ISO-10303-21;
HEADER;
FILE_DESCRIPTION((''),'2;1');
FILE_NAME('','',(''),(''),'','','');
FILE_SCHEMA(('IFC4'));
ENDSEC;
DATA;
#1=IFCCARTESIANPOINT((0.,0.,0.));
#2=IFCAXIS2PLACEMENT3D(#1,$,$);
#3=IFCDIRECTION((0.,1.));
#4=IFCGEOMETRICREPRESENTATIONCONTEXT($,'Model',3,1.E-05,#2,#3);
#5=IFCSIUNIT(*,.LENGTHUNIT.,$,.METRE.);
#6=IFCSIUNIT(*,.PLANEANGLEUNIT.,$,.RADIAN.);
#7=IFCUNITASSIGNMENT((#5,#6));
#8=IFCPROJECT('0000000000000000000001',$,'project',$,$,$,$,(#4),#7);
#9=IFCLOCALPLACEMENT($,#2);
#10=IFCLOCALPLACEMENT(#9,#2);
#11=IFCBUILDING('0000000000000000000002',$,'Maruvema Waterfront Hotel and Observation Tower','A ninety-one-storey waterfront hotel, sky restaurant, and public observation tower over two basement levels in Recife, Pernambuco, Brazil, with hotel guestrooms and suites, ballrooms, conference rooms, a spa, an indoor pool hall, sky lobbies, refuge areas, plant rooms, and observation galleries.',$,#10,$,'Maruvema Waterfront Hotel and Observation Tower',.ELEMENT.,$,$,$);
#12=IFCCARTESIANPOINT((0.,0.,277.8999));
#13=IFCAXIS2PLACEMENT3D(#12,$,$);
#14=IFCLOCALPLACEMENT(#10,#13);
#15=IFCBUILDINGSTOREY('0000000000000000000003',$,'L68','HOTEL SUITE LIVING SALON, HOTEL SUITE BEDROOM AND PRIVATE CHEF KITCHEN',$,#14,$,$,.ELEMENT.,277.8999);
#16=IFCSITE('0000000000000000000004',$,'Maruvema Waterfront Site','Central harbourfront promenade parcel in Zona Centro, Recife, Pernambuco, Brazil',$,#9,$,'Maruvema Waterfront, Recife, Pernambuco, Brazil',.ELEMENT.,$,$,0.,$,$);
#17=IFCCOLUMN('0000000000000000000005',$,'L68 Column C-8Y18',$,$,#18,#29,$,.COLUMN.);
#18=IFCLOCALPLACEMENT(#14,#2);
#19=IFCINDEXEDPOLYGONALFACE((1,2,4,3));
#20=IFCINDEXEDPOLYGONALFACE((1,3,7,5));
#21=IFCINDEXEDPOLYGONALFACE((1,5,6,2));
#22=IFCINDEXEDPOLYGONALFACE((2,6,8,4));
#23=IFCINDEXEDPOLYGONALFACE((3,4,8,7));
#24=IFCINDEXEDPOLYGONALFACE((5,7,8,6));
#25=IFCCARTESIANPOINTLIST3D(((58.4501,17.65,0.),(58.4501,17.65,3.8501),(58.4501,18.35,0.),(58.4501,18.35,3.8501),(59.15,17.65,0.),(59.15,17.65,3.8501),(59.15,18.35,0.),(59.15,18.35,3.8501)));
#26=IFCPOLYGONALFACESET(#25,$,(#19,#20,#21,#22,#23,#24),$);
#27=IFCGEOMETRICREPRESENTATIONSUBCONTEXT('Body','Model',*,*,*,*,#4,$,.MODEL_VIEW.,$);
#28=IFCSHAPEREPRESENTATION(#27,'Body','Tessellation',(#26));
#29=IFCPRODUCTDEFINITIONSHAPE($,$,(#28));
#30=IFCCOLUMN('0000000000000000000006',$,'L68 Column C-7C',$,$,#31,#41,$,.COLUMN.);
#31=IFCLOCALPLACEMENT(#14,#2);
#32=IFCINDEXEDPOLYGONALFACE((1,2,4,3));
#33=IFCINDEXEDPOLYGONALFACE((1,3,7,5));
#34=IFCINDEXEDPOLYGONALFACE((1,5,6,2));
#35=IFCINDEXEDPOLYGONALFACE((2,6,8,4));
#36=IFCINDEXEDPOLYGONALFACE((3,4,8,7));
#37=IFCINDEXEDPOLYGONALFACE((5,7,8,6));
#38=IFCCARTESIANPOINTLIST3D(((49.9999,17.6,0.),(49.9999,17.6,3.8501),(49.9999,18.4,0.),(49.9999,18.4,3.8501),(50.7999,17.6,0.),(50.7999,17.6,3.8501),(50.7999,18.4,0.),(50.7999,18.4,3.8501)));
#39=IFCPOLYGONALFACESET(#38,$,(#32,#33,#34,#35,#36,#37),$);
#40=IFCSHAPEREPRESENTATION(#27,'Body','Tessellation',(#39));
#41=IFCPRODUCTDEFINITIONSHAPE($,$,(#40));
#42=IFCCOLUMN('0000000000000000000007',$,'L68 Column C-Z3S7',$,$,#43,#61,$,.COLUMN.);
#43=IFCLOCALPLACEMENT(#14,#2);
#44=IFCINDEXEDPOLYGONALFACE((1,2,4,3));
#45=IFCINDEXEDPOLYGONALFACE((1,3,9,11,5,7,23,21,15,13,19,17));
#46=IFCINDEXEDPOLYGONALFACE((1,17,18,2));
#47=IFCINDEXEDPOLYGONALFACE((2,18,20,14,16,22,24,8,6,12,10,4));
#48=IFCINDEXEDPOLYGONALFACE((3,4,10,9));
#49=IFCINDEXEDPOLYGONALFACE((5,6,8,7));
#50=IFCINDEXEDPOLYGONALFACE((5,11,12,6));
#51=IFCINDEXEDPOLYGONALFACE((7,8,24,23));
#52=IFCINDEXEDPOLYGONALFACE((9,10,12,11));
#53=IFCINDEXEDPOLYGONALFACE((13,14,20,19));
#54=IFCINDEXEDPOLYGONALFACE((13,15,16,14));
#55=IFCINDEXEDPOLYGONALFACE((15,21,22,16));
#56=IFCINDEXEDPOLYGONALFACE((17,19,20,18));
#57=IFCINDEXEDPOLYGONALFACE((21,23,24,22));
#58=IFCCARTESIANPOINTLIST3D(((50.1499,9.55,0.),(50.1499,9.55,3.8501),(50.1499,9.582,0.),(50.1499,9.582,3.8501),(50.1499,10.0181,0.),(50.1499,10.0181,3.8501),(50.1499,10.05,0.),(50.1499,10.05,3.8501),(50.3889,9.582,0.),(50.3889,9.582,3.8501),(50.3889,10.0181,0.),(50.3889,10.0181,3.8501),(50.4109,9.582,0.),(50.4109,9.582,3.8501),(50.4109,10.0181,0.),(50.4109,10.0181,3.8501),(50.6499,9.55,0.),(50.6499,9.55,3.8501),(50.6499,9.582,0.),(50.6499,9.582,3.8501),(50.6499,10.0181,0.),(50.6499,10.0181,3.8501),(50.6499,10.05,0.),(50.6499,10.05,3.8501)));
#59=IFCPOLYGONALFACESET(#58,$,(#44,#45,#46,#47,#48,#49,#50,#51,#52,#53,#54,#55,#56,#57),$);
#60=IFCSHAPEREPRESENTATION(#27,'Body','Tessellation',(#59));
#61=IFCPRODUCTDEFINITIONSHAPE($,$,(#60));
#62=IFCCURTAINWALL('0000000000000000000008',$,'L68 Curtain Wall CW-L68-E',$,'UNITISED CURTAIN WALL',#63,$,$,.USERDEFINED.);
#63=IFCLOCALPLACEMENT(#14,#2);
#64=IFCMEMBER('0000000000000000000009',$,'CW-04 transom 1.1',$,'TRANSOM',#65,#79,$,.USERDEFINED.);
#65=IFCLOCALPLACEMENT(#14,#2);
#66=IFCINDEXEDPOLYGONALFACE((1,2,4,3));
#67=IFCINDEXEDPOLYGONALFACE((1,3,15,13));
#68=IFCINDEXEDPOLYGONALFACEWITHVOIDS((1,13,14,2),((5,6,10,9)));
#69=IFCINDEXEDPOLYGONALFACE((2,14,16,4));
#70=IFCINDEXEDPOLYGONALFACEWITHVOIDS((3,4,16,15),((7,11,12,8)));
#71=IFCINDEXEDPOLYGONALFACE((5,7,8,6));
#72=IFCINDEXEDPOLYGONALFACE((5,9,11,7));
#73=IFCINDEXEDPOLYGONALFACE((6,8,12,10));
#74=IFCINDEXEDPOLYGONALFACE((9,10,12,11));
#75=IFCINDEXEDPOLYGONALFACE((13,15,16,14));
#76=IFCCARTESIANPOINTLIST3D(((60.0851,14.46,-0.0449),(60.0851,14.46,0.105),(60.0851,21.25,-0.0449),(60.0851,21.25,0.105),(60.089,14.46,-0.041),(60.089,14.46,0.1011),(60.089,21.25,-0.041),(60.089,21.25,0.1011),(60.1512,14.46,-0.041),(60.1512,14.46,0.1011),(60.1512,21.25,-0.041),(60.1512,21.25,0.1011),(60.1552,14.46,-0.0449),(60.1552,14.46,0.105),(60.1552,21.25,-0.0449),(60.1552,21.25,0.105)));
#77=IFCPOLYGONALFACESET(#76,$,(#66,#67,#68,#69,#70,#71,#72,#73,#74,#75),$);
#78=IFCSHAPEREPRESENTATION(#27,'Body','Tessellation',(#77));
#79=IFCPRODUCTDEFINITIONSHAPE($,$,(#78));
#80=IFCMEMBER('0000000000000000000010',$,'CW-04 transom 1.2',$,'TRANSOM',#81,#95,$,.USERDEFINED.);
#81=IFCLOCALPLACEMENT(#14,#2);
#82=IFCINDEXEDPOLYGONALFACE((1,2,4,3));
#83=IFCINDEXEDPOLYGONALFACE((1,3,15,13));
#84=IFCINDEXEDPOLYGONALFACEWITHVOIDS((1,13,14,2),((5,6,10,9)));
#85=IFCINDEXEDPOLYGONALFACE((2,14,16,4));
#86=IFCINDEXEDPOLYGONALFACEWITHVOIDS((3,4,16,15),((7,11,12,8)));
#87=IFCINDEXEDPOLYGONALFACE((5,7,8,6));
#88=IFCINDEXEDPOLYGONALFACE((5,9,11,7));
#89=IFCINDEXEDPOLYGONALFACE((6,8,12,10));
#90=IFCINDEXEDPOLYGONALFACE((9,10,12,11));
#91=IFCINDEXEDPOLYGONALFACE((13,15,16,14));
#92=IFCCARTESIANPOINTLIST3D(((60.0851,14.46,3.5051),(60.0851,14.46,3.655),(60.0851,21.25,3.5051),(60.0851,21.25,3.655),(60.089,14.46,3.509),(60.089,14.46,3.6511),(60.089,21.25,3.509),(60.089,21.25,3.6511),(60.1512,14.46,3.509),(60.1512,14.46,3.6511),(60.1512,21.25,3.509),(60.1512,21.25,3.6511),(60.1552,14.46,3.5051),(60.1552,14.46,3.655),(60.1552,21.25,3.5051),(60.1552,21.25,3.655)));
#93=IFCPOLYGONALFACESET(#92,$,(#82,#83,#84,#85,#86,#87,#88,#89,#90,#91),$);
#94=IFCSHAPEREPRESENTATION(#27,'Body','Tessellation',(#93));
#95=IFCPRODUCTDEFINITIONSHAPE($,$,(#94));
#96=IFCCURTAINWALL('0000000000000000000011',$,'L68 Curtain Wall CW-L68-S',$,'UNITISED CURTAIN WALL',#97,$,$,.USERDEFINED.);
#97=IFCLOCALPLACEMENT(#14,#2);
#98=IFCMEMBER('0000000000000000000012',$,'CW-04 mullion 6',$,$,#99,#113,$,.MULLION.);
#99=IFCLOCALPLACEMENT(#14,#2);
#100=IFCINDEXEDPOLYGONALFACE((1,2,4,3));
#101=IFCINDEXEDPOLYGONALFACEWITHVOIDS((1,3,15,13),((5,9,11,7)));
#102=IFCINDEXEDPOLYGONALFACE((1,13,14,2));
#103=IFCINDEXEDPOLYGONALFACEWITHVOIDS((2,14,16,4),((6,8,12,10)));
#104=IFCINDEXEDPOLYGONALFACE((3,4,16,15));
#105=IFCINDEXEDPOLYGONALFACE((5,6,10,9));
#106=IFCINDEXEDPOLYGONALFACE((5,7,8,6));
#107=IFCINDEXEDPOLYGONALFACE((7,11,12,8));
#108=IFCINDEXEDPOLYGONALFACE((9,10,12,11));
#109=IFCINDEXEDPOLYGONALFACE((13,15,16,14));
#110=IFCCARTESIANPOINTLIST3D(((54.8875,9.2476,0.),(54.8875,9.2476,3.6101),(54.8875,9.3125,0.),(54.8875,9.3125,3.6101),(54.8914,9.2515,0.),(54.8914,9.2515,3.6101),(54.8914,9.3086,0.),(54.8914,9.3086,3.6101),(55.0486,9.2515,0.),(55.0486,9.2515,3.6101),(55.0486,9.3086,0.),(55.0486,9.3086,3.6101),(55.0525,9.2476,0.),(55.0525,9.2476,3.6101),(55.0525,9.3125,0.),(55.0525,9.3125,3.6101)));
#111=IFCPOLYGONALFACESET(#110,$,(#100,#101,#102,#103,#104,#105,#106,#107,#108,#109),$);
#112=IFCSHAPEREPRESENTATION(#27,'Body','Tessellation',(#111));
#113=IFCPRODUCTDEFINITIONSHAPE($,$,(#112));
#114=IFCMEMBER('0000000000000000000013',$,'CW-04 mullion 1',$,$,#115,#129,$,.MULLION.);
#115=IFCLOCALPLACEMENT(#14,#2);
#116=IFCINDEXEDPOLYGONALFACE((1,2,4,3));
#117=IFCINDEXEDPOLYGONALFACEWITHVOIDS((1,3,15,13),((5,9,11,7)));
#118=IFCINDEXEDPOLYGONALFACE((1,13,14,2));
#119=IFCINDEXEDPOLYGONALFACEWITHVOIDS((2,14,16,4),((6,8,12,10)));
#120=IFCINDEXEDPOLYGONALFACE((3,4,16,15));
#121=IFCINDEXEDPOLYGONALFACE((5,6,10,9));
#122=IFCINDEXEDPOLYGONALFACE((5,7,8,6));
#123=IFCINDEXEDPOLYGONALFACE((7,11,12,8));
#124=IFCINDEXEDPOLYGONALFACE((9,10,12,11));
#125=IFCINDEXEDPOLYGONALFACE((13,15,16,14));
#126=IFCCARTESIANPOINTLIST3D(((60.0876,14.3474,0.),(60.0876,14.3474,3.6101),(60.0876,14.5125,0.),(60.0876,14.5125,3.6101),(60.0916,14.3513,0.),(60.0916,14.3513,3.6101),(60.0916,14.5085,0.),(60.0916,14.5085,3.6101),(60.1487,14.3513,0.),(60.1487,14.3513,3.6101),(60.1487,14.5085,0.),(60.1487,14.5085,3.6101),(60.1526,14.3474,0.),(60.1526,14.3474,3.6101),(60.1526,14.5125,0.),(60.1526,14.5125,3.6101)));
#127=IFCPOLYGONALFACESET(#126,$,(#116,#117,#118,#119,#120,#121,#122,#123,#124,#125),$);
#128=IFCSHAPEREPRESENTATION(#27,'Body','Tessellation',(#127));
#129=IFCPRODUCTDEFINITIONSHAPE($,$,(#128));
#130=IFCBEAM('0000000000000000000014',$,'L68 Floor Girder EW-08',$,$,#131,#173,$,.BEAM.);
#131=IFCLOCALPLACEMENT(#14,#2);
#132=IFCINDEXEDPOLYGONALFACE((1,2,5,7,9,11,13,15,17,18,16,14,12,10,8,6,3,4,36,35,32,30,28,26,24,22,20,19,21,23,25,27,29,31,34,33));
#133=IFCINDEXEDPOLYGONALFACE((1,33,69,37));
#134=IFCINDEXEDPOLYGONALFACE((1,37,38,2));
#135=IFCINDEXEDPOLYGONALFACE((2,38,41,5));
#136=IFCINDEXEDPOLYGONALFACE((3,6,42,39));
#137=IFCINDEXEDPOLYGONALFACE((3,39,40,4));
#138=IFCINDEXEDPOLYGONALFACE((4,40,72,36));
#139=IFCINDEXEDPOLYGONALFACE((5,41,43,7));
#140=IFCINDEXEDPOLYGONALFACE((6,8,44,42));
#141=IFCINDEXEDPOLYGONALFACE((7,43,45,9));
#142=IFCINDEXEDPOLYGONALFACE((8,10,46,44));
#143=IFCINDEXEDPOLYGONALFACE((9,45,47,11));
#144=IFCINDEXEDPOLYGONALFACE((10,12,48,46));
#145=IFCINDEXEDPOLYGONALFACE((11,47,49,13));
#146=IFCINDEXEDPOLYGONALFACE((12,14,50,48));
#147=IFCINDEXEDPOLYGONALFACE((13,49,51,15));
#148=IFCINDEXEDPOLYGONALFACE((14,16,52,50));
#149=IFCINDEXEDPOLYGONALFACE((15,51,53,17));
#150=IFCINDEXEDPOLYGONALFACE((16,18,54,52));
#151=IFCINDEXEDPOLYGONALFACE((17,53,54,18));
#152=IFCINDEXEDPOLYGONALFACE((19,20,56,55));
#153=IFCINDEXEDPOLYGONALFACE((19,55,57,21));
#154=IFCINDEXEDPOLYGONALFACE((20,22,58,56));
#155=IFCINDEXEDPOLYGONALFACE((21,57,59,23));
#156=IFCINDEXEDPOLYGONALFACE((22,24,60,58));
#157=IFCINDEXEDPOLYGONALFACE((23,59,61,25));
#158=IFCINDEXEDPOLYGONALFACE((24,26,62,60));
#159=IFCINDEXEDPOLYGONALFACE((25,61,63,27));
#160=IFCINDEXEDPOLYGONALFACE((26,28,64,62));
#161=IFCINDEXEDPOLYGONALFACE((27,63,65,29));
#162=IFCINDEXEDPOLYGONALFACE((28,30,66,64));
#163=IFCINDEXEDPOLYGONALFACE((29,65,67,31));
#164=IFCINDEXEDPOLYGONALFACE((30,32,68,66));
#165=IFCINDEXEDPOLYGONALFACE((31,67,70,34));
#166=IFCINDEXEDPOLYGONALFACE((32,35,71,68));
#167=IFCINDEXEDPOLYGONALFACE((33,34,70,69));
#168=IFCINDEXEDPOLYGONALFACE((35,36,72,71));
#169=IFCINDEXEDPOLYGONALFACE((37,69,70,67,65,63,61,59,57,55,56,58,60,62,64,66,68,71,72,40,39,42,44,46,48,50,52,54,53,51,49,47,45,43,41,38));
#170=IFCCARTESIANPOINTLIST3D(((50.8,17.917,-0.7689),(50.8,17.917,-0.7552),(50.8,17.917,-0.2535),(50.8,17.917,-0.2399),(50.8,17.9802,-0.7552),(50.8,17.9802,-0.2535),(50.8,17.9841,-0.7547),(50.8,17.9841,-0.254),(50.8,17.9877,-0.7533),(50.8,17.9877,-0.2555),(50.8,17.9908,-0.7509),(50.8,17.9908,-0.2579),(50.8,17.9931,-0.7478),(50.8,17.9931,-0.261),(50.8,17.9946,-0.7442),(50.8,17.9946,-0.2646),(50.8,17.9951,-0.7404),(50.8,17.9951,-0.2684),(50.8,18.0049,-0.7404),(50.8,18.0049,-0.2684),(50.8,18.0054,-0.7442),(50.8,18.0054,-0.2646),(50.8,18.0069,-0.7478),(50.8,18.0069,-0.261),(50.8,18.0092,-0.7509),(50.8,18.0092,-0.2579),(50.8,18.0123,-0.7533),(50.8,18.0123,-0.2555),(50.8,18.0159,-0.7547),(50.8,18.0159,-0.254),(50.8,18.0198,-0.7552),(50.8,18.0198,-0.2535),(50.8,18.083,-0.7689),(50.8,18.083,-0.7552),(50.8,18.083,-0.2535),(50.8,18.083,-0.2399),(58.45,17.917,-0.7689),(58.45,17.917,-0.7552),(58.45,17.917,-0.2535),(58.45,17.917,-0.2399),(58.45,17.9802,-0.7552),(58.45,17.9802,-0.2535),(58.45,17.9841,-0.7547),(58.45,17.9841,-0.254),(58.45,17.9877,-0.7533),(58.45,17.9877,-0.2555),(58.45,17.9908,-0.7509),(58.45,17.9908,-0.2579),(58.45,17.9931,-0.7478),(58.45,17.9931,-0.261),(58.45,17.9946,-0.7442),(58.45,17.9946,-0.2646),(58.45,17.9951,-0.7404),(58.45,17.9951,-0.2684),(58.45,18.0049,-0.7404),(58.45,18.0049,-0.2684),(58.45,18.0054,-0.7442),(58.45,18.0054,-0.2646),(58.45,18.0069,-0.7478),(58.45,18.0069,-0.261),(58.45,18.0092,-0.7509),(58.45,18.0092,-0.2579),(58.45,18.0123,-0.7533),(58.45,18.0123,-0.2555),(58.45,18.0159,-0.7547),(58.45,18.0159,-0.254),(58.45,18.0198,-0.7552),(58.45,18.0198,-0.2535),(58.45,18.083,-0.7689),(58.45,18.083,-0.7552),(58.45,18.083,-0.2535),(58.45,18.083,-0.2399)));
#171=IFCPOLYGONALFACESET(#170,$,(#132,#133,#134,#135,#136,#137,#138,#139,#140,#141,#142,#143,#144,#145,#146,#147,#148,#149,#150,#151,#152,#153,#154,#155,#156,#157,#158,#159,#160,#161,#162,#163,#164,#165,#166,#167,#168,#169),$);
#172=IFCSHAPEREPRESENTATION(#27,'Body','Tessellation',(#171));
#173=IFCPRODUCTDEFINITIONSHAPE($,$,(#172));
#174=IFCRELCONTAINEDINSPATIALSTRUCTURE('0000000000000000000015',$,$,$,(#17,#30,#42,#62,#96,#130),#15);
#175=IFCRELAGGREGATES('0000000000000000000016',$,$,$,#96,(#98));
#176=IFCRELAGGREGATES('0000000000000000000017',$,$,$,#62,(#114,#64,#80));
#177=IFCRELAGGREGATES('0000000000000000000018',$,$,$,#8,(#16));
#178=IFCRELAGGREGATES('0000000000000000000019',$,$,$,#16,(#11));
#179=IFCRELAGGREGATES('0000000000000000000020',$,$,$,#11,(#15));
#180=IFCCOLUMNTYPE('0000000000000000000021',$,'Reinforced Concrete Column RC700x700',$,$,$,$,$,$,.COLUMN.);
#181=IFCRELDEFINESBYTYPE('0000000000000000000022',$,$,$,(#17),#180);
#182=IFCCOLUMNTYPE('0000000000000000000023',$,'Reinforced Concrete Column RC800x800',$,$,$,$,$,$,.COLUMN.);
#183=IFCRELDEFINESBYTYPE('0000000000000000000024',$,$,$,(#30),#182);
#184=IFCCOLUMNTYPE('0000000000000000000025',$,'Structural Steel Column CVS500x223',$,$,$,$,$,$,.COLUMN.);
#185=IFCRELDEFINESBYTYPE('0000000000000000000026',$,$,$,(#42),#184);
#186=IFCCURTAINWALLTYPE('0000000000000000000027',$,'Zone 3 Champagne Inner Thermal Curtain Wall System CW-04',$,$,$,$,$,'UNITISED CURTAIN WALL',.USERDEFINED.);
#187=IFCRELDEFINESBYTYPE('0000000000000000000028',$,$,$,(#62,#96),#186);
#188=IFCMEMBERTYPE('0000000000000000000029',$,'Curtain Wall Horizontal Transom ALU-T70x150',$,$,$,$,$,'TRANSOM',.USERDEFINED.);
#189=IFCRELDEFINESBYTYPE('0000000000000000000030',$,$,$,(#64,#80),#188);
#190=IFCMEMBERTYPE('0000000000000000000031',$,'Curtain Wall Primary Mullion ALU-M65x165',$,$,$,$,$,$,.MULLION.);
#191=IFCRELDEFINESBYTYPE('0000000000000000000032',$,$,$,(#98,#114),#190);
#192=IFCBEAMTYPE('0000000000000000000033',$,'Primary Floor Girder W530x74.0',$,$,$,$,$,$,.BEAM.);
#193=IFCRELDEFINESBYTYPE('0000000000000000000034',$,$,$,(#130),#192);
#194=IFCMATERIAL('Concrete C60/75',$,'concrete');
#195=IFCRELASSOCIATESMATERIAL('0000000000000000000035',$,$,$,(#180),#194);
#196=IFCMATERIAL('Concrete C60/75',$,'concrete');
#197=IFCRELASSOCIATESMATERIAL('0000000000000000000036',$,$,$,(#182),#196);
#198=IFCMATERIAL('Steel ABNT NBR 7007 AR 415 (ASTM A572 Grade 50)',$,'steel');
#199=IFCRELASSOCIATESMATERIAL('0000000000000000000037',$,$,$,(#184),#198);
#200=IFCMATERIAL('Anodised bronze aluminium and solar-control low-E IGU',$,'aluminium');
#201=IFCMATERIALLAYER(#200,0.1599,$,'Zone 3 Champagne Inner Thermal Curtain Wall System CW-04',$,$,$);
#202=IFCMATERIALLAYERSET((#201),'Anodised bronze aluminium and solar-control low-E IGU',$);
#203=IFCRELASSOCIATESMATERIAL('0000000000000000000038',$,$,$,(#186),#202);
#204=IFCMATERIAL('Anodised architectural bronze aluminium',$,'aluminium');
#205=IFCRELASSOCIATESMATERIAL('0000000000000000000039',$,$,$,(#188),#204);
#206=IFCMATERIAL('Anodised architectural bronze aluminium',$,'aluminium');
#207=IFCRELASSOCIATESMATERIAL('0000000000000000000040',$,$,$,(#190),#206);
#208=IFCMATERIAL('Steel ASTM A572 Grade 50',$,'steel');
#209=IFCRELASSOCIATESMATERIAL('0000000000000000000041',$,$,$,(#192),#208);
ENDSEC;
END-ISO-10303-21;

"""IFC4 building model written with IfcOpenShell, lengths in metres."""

from ifc_helpers import new_model, si_unit, direction, frame, origin, origin_2d, place, context, subcontext, project, spatial, rectangle, hollow_rectangle, i_section, extrude, material, layer, layer_set, material_profile, profile_set, type_object, element, aggregate, save


model = new_model("IFC4")

# Units and contexts
model_context = context("Model", 3, precision=1e-05, world=origin(), true_north=direction((0.0, 1.0)))
body_context = subcontext(model_context, "Body", "Model", "MODEL_VIEW")
ifc_project = project(units=[si_unit("LENGTHUNIT", "METRE"), si_unit("PLANEANGLEUNIT", "RADIAN")], contexts=[model_context])

# Site, building, storey
site_placement = place(None, origin())
site = spatial("IfcSite", under=ifc_project, at=site_placement, Name="Maruvema Waterfront Site", Description="Central harbourfront promenade parcel in Zona Centro, Recife, Pernambuco, Brazil", LongName="Maruvema Waterfront, Recife, Pernambuco, Brazil", CompositionType="ELEMENT", RefElevation=0.0)
building_placement = place(site_placement, origin())
building = spatial("IfcBuilding", under=site, at=building_placement, Name="Maruvema Waterfront Hotel and Observation Tower", Description="A ninety-one-storey waterfront hotel, sky restaurant, and public observation tower over two basement levels in Recife, Pernambuco, Brazil, with hotel guestrooms and suites, ballrooms, conference rooms, a spa, an indoor pool hall, sky lobbies, refuge areas, plant rooms, and observation galleries.", LongName="Maruvema Waterfront Hotel and Observation Tower", CompositionType="ELEMENT")
storey_placement = place(building_placement, frame((0.0, 0.0, 277.8999)))
storey = spatial("IfcBuildingStorey", under=building, at=storey_placement, Name="L68", Description="HOTEL SUITE LIVING SALON, HOTEL SUITE BEDROOM AND PRIVATE CHEF KITCHEN", CompositionType="ELEMENT", Elevation=277.8999)

# Columns
ifc_material_1 = material(Name="Concrete C60/75", Category="concrete")
ifc_material_profile_1 = material_profile(ifc_material_1, rectangle(XDim=0.7, YDim=0.7, at=origin_2d()), Name="RC700x700")
ifc_profile_set_1 = profile_set([ifc_material_profile_1], Name="Concrete C60/75")
column_type_1 = type_object("IfcColumnType", Name="Reinforced Concrete Column RC700x700", PredefinedType="COLUMN", material=ifc_profile_set_1)
column_1_placement = place(storey_placement, frame((58.8, 18.0, 0.0), z_axis=(0.0, 0.0, 1.0), x_axis=(1.0, 0.0, 0.0)))
element("IfcColumn", 1, at=column_1_placement, inside=storey, type_object=column_type_1, Name="L68 Column C-8Y18", PredefinedType="COLUMN", context=body_context, shape_type="SweptSolid", body=[
    extrude(rectangle(XDim=0.7, YDim=0.7, at=origin_2d()), origin(), (0.0, 0.0, 1.0), 3.8501),
])
ifc_material_2 = material(Name="Concrete C60/75", Category="concrete")
ifc_material_profile_2 = material_profile(ifc_material_2, rectangle(XDim=0.8, YDim=0.8, at=origin_2d()), Name="RC800x800")
ifc_profile_set_2 = profile_set([ifc_material_profile_2], Name="Concrete C60/75")
column_type_2 = type_object("IfcColumnType", Name="Reinforced Concrete Column RC800x800", PredefinedType="COLUMN", material=ifc_profile_set_2)
column_2_placement = place(storey_placement, frame((50.3999, 18.0, 0.0), z_axis=(0.0, 0.0, 1.0), x_axis=(1.0, 0.0, 0.0)))
element("IfcColumn", 2, at=column_2_placement, inside=storey, type_object=column_type_2, Name="L68 Column C-7C", PredefinedType="COLUMN", context=body_context, shape_type="SweptSolid", body=[
    extrude(rectangle(XDim=0.8, YDim=0.8, at=origin_2d()), origin(), (0.0, 0.0, 1.0), 3.8501),
])
ifc_material_3 = material(Name="Steel ABNT NBR 7007 AR 415 (ASTM A572 Grade 50)", Category="steel")
ifc_material_profile_3 = material_profile(ifc_material_3, i_section(OverallWidth=0.5, OverallDepth=0.5, WebThickness=0.022, FlangeThickness=0.032, at=origin_2d()), Name="CVS500x223")
ifc_profile_set_3 = profile_set([ifc_material_profile_3], Name="Steel ABNT NBR 7007 AR 415 (ASTM A572 Grade 50)")
column_type_3 = type_object("IfcColumnType", Name="Structural Steel Column CVS500x223", PredefinedType="COLUMN", material=ifc_profile_set_3)
column_3_placement = place(storey_placement, frame((50.3999, 9.8, 0.0), z_axis=(0.0, 0.0, 1.0), x_axis=(1.0, 0.0, 0.0)))
element("IfcColumn", 3, at=column_3_placement, inside=storey, type_object=column_type_3, Name="L68 Column C-Z3S7", PredefinedType="COLUMN", context=body_context, shape_type="SweptSolid", body=[
    extrude(i_section(OverallWidth=0.5, OverallDepth=0.5, WebThickness=0.022, FlangeThickness=0.032, at=origin_2d()), origin(), (0.0, 0.0, 1.0), 3.8501),
])

# Curtain wall, members
ifc_material_4 = material(Name="Anodised bronze aluminium and solar-control low-E IGU", Category="aluminium")
ifc_layer_1 = layer(ifc_material_4, 0.1599, Name="Zone 3 Champagne Inner Thermal Curtain Wall System CW-04")
ifc_layer_set_1 = layer_set([ifc_layer_1], Name="Anodised bronze aluminium and solar-control low-E IGU")
curtain_wall_type = type_object("IfcCurtainWallType", Name="Zone 3 Champagne Inner Thermal Curtain Wall System CW-04", ElementType="UNITISED CURTAIN WALL", PredefinedType="USERDEFINED", material=ifc_layer_set_1)
curtain_wall_1_placement = place(storey_placement, origin())
curtain_wall_1 = element("IfcCurtainWall", 4, at=curtain_wall_1_placement, inside=storey, type_object=curtain_wall_type, Name="L68 Curtain Wall CW-L68-E", ObjectType="UNITISED CURTAIN WALL", PredefinedType="USERDEFINED")
ifc_material_5 = material(Name="Anodised architectural bronze aluminium", Category="aluminium")
ifc_material_profile_4 = material_profile(ifc_material_5, hollow_rectangle(XDim=0.0701, YDim=0.1499, WallThickness=0.0039, at=origin_2d()), Name="ALU-T70x150")
ifc_profile_set_4 = profile_set([ifc_material_profile_4], Name="Anodised architectural bronze aluminium")
member_type_1 = type_object("IfcMemberType", Name="Curtain Wall Horizontal Transom ALU-T70x150", ElementType="TRANSOM", PredefinedType="USERDEFINED", material=ifc_profile_set_4)
member_1_placement = place(storey_placement, frame((60.1201, 14.46, 0.03), z_axis=(0.0, 1.0, 0.0), x_axis=(-1.0, 0.0, 0.0)))
member_1 = element("IfcMember", 5, at=member_1_placement, type_object=member_type_1, Name="CW-04 transom 1.1", ObjectType="TRANSOM", PredefinedType="USERDEFINED", context=body_context, shape_type="SweptSolid", body=[
    extrude(hollow_rectangle(XDim=0.0701, YDim=0.1499, WallThickness=0.0039, at=origin_2d()), origin(), (0.0, 0.0, 1.0), 6.79),
])
member_2_placement = place(storey_placement, frame((60.1201, 14.46, 3.5801), z_axis=(0.0, 1.0, 0.0), x_axis=(-1.0, 0.0, 0.0)))
member_2 = element("IfcMember", 6, at=member_2_placement, type_object=member_type_1, Name="CW-04 transom 1.2", ObjectType="TRANSOM", PredefinedType="USERDEFINED", context=body_context, shape_type="SweptSolid", body=[
    extrude(hollow_rectangle(XDim=0.0701, YDim=0.1499, WallThickness=0.0039, at=origin_2d()), origin(), (0.0, 0.0, 1.0), 6.79),
])

# Curtain wall, member
curtain_wall_2_placement = place(storey_placement, origin())
curtain_wall_2 = element("IfcCurtainWall", 7, at=curtain_wall_2_placement, inside=storey, type_object=curtain_wall_type, Name="L68 Curtain Wall CW-L68-S", ObjectType="UNITISED CURTAIN WALL", PredefinedType="USERDEFINED")
ifc_material_6 = material(Name="Anodised architectural bronze aluminium", Category="aluminium")
ifc_material_profile_5 = material_profile(ifc_material_6, hollow_rectangle(XDim=0.0649, YDim=0.165, WallThickness=0.0039, at=origin_2d()), Name="ALU-M65x165")
ifc_profile_set_5 = profile_set([ifc_material_profile_5], Name="Anodised architectural bronze aluminium")
member_type_2 = type_object("IfcMemberType", Name="Curtain Wall Primary Mullion ALU-M65x165", PredefinedType="MULLION", material=ifc_profile_set_5)
member_3_placement = place(storey_placement, frame((54.97, 9.28, 0.0), z_axis=(0.0, 0.0, 1.0), x_axis=(0.0, 1.0, 0.0)))
member_3 = element("IfcMember", 8, at=member_3_placement, type_object=member_type_2, Name="CW-04 mullion 6", PredefinedType="MULLION", context=body_context, shape_type="SweptSolid", body=[
    extrude(hollow_rectangle(XDim=0.0649, YDim=0.165, WallThickness=0.0039, at=origin_2d()), origin(), (0.0, 0.0, 1.0), 3.6101),
])

# Member
member_4_placement = place(storey_placement, frame((60.1201, 14.4299, 0.0), z_axis=(0.0, 0.0, 1.0), x_axis=(-1.0, 0.0, 0.0)))
member_4 = element("IfcMember", 9, at=member_4_placement, type_object=member_type_2, Name="CW-04 mullion 1", PredefinedType="MULLION", context=body_context, shape_type="SweptSolid", body=[
    extrude(hollow_rectangle(XDim=0.0649, YDim=0.165, WallThickness=0.0039, at=origin_2d()), origin(), (0.0, 0.0, 1.0), 3.6101),
])

# Beam
ifc_material_7 = material(Name="Steel ASTM A572 Grade 50", Category="steel")
ifc_material_profile_6 = material_profile(ifc_material_7, i_section(OverallWidth=0.166, OverallDepth=0.5291, WebThickness=0.0098, FlangeThickness=0.0137, FilletRadius=0.0149, at=origin_2d()), Name="W530x74.0")
ifc_profile_set_6 = profile_set([ifc_material_profile_6], Name="Steel ASTM A572 Grade 50")
beam_type_1 = type_object("IfcBeamType", Name="Primary Floor Girder W530x74.0", PredefinedType="BEAM", material=ifc_profile_set_6)
beam_1_placement = place(storey_placement, frame((50.8, 18.0, -0.5044), z_axis=(1.0, 0.0, 0.0), x_axis=(0.0, 1.0, 0.0)))
element("IfcBeam", 10, at=beam_1_placement, inside=storey, type_object=beam_type_1, Name="L68 Floor Girder EW-08", PredefinedType="BEAM", context=body_context, shape_type="SweptSolid", body=[
    extrude(i_section(OverallWidth=0.166, OverallDepth=0.5291, WebThickness=0.0098, FlangeThickness=0.0137, FilletRadius=0.0149, at=origin_2d()), origin(), (0.0, 0.0, 1.0), 7.6499),
])

aggregate(curtain_wall_2, [member_3])
aggregate(curtain_wall_1, [member_4, member_1, member_2])

save(model, "model.ifc")
